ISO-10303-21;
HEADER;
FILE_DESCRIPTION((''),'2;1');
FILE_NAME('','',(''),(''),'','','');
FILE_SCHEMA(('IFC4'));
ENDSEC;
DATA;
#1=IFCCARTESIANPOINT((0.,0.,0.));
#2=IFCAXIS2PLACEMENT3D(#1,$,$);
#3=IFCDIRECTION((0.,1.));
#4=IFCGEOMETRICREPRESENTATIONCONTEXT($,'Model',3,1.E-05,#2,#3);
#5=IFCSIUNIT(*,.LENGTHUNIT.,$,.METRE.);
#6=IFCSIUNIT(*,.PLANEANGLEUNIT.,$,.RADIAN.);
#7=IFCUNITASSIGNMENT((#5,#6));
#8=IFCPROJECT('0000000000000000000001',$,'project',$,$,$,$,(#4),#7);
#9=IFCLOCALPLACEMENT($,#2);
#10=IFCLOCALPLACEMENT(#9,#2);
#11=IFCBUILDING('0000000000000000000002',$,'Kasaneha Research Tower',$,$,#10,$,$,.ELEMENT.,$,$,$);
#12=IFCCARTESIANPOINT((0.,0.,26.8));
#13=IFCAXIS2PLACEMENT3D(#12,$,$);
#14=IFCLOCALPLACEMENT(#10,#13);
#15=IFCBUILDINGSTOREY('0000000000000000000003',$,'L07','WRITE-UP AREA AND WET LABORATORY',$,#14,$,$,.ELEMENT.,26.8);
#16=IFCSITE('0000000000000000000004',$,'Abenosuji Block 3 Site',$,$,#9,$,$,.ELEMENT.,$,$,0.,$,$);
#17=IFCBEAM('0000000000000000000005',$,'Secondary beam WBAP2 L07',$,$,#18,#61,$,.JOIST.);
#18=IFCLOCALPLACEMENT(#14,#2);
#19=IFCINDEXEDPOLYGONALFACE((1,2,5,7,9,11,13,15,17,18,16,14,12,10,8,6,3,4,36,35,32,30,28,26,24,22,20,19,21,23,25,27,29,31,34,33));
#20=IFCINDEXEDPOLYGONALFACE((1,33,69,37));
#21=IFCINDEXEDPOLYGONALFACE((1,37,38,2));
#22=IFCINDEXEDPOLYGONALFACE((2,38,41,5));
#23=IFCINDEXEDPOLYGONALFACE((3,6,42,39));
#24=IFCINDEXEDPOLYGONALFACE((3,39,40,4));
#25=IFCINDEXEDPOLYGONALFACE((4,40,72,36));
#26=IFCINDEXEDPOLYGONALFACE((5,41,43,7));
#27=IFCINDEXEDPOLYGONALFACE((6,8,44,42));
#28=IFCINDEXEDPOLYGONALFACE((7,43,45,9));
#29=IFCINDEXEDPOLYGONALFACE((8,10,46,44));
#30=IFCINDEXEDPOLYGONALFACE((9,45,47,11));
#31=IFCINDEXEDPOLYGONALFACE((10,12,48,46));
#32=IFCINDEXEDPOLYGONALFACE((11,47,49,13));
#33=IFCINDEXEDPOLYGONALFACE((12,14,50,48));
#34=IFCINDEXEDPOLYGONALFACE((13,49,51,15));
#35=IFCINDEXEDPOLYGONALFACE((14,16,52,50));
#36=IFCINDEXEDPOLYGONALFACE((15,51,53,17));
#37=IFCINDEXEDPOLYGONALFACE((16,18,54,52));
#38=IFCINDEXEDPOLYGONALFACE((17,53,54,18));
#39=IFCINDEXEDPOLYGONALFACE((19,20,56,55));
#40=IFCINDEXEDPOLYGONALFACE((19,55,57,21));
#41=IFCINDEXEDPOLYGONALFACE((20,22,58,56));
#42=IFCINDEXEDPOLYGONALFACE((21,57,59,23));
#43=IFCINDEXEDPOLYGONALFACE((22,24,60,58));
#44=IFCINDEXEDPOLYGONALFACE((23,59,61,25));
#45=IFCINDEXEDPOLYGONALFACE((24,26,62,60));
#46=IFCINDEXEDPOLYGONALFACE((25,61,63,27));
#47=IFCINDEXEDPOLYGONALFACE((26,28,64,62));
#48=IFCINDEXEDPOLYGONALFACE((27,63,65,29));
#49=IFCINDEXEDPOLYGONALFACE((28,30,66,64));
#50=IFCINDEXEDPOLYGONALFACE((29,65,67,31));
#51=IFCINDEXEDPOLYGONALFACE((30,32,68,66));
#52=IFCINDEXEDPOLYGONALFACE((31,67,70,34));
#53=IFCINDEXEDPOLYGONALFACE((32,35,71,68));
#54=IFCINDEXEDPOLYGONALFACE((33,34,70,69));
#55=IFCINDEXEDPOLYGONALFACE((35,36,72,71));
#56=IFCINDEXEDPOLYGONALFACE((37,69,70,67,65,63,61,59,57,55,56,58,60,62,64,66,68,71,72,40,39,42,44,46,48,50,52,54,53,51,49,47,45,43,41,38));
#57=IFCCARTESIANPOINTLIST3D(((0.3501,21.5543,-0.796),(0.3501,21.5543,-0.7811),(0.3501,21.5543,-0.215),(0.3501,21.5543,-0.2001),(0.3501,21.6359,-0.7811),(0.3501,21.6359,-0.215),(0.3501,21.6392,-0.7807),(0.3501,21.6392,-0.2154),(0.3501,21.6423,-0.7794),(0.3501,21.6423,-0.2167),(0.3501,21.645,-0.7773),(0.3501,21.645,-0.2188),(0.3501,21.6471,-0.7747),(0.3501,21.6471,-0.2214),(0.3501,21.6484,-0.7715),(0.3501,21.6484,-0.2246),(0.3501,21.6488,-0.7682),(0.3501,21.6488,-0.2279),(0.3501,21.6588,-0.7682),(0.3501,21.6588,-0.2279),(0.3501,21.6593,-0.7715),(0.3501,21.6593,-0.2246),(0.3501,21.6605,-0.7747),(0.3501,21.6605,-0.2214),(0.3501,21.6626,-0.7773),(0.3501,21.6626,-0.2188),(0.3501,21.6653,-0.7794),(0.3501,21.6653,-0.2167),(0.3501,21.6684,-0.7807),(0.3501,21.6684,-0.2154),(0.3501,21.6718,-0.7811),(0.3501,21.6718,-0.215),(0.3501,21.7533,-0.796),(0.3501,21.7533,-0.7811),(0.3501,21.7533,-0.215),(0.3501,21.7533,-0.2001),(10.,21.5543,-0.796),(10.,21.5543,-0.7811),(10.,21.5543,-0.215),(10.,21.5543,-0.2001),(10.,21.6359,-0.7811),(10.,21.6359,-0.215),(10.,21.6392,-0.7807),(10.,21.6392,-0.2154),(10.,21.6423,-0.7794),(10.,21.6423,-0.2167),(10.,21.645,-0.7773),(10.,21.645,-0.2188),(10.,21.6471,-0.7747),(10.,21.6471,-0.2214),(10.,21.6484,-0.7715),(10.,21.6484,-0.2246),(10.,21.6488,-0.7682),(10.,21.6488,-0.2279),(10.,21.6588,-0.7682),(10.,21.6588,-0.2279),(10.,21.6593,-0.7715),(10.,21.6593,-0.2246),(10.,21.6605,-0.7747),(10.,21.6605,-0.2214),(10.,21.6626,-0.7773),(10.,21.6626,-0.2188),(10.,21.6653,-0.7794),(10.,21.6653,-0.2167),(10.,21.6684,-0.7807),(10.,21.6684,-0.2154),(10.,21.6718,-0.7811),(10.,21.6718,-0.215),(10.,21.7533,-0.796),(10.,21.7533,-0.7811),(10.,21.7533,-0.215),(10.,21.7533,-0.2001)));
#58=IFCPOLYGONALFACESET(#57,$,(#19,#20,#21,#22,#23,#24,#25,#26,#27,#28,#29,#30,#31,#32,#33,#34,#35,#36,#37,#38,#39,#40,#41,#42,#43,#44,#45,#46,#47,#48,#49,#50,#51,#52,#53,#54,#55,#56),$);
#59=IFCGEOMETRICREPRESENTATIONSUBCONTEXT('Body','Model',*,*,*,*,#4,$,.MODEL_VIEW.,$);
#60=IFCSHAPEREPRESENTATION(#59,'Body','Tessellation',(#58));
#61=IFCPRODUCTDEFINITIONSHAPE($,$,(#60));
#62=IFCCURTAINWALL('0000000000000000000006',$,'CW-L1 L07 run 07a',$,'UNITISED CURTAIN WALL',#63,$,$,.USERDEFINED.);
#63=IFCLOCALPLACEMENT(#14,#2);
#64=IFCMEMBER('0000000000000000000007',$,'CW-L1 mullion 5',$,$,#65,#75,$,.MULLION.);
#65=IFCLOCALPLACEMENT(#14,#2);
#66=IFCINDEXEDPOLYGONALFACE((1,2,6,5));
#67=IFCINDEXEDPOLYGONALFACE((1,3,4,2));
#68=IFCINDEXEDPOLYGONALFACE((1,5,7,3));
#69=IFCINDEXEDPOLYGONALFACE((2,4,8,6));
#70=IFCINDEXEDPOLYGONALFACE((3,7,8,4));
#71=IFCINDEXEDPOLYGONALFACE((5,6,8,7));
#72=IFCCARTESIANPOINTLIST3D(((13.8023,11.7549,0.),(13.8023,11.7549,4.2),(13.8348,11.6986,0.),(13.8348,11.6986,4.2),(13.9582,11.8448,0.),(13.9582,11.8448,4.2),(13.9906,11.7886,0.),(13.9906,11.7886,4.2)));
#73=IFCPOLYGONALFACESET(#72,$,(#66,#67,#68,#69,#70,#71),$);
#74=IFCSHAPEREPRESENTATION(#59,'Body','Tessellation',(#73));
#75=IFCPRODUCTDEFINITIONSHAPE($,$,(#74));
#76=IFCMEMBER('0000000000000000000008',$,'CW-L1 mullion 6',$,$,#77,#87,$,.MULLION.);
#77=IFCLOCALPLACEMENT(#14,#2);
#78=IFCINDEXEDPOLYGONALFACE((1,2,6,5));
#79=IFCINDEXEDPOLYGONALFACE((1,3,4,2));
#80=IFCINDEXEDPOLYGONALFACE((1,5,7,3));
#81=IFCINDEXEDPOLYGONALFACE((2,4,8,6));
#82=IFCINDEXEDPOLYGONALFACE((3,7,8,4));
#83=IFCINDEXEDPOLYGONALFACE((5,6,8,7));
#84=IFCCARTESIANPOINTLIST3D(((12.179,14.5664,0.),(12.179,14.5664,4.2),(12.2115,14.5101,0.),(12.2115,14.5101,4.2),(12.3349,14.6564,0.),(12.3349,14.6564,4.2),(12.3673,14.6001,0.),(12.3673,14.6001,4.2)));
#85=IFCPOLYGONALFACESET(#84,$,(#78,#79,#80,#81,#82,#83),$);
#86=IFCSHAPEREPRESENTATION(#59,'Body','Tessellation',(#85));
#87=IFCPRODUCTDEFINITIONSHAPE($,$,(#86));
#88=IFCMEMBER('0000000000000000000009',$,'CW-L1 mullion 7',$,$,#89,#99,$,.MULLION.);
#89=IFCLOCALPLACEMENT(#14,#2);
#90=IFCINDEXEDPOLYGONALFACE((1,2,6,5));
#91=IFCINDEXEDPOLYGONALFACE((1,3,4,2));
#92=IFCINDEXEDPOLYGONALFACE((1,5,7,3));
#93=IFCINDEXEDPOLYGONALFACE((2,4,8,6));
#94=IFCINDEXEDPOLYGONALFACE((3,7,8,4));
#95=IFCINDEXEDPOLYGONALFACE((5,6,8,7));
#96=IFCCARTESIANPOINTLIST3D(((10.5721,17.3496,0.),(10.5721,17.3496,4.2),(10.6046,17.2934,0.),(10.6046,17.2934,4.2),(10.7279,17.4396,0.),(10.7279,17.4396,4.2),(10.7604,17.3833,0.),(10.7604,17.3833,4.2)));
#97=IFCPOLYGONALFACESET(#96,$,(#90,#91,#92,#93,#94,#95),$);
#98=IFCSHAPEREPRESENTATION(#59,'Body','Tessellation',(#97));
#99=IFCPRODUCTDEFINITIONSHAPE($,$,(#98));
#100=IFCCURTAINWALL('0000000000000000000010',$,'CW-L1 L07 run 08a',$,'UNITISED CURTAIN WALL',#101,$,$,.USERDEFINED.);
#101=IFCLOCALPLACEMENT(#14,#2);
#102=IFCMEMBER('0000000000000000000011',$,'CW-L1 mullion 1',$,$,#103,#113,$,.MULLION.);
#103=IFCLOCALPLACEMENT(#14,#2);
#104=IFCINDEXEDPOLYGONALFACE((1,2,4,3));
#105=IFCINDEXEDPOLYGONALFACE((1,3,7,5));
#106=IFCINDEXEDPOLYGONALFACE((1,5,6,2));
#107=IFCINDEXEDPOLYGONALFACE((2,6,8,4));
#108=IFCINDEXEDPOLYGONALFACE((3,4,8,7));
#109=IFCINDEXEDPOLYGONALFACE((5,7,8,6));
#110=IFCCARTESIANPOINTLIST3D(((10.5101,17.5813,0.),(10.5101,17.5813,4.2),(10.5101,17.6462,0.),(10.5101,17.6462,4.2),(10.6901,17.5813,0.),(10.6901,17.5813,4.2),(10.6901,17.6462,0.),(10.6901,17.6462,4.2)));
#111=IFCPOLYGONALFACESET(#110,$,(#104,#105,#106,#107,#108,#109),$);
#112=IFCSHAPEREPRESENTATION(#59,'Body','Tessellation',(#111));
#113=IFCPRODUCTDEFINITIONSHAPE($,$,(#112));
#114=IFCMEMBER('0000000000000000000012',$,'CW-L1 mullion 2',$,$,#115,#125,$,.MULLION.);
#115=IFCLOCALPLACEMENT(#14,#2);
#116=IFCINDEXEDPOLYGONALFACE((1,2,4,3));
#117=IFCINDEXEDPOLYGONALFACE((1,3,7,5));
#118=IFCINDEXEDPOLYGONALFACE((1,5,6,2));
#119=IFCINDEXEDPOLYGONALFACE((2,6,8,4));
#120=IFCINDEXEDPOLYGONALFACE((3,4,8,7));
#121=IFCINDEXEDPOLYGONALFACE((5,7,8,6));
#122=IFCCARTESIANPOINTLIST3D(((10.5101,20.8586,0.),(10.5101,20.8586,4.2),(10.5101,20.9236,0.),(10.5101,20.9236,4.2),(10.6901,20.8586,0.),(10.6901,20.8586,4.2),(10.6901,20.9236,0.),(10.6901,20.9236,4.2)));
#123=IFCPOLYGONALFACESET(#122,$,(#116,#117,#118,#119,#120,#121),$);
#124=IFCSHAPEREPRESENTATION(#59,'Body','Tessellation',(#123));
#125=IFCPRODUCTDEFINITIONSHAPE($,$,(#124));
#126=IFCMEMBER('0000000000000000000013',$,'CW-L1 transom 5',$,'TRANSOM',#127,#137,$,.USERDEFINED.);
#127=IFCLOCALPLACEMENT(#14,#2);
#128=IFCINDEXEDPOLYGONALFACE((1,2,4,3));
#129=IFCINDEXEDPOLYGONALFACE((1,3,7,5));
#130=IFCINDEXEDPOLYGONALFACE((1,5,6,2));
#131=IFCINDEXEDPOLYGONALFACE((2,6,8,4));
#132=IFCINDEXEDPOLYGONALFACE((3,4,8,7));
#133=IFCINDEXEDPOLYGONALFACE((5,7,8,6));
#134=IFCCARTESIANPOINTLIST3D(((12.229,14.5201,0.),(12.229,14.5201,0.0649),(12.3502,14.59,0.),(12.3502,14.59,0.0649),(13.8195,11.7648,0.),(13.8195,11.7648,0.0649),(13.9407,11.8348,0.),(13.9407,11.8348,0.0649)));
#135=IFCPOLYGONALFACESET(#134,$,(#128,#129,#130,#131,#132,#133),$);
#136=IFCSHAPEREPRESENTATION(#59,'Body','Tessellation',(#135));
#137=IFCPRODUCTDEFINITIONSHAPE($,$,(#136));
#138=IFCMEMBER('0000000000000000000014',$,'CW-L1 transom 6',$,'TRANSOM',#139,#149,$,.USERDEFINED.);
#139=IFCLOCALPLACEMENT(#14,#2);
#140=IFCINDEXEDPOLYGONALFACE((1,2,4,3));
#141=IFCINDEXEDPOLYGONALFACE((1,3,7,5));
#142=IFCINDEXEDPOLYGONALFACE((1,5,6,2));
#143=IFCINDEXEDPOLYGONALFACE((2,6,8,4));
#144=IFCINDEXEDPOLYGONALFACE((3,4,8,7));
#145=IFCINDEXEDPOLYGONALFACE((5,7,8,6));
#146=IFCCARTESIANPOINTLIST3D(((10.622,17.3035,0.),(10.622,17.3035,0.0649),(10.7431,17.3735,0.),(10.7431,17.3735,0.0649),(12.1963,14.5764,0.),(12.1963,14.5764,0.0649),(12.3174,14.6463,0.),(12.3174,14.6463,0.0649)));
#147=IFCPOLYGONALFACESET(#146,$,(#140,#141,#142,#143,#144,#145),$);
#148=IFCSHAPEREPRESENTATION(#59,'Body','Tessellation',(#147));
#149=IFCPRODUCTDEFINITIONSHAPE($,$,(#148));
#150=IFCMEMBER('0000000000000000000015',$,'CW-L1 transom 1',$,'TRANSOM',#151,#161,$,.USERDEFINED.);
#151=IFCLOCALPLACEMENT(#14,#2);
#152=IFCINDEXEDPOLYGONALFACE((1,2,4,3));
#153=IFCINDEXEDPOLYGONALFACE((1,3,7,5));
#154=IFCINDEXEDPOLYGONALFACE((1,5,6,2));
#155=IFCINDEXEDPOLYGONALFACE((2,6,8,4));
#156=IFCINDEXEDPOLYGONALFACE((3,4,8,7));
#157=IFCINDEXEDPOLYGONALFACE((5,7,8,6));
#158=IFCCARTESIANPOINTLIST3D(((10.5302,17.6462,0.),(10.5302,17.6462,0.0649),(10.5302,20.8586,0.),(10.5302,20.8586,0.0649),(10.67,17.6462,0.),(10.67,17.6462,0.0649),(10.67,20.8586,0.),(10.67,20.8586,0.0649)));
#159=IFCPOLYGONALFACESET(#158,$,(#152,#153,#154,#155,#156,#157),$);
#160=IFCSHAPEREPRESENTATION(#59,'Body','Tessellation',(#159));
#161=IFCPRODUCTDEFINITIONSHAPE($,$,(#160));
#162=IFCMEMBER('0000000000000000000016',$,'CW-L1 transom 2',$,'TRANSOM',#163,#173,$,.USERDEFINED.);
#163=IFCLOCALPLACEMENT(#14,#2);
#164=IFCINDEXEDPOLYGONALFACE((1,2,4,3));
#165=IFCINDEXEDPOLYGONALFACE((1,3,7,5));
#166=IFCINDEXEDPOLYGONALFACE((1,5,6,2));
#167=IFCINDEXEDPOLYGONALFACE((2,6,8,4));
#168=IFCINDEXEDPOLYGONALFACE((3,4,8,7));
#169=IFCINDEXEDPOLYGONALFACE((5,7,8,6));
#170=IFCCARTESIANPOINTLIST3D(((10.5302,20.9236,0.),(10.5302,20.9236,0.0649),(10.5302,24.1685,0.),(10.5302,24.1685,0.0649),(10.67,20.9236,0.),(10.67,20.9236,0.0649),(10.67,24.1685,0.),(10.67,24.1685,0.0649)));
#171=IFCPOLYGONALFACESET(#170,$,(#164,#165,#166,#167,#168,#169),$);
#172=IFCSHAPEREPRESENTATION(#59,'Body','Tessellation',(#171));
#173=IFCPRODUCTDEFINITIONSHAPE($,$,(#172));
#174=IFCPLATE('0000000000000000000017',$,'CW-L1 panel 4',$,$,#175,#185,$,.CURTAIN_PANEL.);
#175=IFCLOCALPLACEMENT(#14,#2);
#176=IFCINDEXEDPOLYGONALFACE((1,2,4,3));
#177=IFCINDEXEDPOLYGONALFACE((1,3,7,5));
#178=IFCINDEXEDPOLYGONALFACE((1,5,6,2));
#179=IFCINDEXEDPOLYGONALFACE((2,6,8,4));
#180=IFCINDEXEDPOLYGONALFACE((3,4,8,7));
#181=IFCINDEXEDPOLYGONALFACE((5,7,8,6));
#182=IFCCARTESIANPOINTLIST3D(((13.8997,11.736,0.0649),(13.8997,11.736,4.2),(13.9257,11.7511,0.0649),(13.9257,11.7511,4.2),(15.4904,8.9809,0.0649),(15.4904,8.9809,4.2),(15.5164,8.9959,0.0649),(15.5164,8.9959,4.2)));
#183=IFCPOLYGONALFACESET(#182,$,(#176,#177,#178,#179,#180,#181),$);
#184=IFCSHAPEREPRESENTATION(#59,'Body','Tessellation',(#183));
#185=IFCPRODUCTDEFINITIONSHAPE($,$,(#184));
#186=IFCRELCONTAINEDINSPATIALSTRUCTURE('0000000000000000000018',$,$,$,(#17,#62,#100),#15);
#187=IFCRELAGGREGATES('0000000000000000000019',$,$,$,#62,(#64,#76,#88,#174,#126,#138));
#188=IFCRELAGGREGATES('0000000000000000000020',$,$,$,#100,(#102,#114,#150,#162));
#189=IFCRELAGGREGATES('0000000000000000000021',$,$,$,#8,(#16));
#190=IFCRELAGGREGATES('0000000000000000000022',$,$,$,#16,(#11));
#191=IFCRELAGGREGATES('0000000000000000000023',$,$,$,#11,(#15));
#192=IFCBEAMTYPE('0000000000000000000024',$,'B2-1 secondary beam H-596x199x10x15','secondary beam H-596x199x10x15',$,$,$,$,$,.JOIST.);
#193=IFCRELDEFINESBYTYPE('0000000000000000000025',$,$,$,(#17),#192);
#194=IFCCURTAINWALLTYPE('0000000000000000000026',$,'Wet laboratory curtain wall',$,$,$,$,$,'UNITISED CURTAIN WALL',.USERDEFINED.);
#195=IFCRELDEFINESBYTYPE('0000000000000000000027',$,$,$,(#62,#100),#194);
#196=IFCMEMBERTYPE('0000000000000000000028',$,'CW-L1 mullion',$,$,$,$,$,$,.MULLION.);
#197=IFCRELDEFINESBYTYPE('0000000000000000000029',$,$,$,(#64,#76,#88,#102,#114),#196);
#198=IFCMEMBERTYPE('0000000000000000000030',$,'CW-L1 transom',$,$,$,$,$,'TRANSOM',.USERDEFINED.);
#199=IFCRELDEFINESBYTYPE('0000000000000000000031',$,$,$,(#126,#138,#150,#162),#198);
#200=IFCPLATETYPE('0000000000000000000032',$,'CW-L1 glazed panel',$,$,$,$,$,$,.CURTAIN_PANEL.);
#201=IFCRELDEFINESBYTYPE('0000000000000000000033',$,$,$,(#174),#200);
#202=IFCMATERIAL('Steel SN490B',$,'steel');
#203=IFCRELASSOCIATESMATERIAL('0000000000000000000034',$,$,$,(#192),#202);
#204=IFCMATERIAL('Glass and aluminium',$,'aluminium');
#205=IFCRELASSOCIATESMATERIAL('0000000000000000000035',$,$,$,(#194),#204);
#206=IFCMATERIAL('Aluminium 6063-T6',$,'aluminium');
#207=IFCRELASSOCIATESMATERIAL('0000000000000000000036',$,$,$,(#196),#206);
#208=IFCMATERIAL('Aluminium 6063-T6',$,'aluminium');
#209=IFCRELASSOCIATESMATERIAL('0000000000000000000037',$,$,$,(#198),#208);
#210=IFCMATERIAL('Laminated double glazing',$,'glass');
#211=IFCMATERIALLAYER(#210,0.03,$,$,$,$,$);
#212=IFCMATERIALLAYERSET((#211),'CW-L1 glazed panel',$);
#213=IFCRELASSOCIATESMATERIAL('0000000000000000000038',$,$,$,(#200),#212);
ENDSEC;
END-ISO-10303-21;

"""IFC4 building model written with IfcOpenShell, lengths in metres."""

from ifc_helpers import new_model, si_unit, direction, frame, origin, origin_2d, place, context, subcontext, project, spatial, rectangle, i_section, extrude, material, layer, layer_set, material_profile, profile_set, type_object, element, aggregate, save


model = new_model("IFC4")

# Units and contexts
model_context = context("Model", 3, precision=1e-05, world=origin(), true_north=direction((0.0, 1.0)))
body_context = subcontext(model_context, "Body", "Model", "MODEL_VIEW")
ifc_project = project(units=[si_unit("LENGTHUNIT", "METRE"), si_unit("PLANEANGLEUNIT", "RADIAN")], contexts=[model_context])

# Site, building, storey
site_placement = place(None, origin())
site = spatial("IfcSite", under=ifc_project, at=site_placement, Name="Abenosuji Block 3 Site", CompositionType="ELEMENT", RefElevation=0.0)
building_placement = place(site_placement, origin())
building = spatial("IfcBuilding", under=site, at=building_placement, Name="Kasaneha Research Tower", CompositionType="ELEMENT")
storey_placement = place(building_placement, frame((0.0, 0.0, 26.8)))
storey = spatial("IfcBuildingStorey", under=building, at=storey_placement, Name="L07", Description="WRITE-UP AREA AND WET LABORATORY", CompositionType="ELEMENT", Elevation=26.8)

# Beam
ifc_material_1 = material(Name="Steel SN490B", Category="steel")
ifc_material_profile_1 = material_profile(ifc_material_1, i_section(OverallWidth=0.199, OverallDepth=0.5959, WebThickness=0.01, FlangeThickness=0.0149, FilletRadius=0.0129, at=origin_2d()), Name="H-596x199x10x15")
ifc_profile_set_1 = profile_set([ifc_material_profile_1], Name="Steel SN490B")
beam_type = type_object("IfcBeamType", Name="B2-1 secondary beam H-596x199x10x15", Description="secondary beam H-596x199x10x15", PredefinedType="JOIST", material=ifc_profile_set_1)
beam_placement = place(storey_placement, frame((10.0, 21.6538, -0.498), z_axis=(-1.0, 0.0, 0.0), x_axis=(0.0, -1.0, 0.0)))
element("IfcBeam", 1, at=beam_placement, inside=storey, type_object=beam_type, Name="Secondary beam WBAP2 L07", PredefinedType="JOIST", context=body_context, shape_type="SweptSolid", body=[
    extrude(i_section(OverallWidth=0.199, OverallDepth=0.5959, WebThickness=0.01, FlangeThickness=0.0149, FilletRadius=0.0129, at=origin_2d()), origin(), (0.0, 0.0, 1.0), 9.6499),
])

# Curtain walls, members
ifc_material_2 = material(Name="Glass and aluminium", Category="aluminium")
curtain_wall_type = type_object("IfcCurtainWallType", Name="Wet laboratory curtain wall", ElementType="UNITISED CURTAIN WALL", PredefinedType="USERDEFINED", material=ifc_material_2)
curtain_wall_1_placement = place(storey_placement, origin())
curtain_wall_1 = element("IfcCurtainWall", 2, at=curtain_wall_1_placement, inside=storey, type_object=curtain_wall_type, Name="CW-L1 L07 run 07a", ObjectType="UNITISED CURTAIN WALL", PredefinedType="USERDEFINED")
ifc_material_3 = material(Name="Aluminium 6063-T6", Category="aluminium")
ifc_material_profile_2 = material_profile(ifc_material_3, rectangle(XDim=0.0649, YDim=0.1799, at=origin_2d()), Name="CW-L1 mullion 65x180")
ifc_profile_set_2 = profile_set([ifc_material_profile_2], Name="Aluminium 6063-T6")
member_type_1 = type_object("IfcMemberType", Name="CW-L1 mullion", PredefinedType="MULLION", material=ifc_profile_set_2)
member_1_placement = place(storey_placement, frame((13.8965, 11.7717, 0.0), z_axis=(0.0, 0.0, 1.0), x_axis=(-0.5, 0.866025, 0.0)))
member_1 = element("IfcMember", 3, at=member_1_placement, type_object=member_type_1, Name="CW-L1 mullion 5", PredefinedType="MULLION", context=body_context, shape_type="SweptSolid", body=[
    extrude(rectangle(XDim=0.0649, YDim=0.1799, at=origin_2d()), origin(), (0.0, 0.0, 1.0), 4.2),
])
member_2_placement = place(storey_placement, frame((12.2732, 14.5833, 0.0), z_axis=(0.0, 0.0, 1.0), x_axis=(-0.5, 0.866025, 0.0)))
member_2 = element("IfcMember", 4, at=member_2_placement, type_object=member_type_1, Name="CW-L1 mullion 6", PredefinedType="MULLION", context=body_context, shape_type="SweptSolid", body=[
    extrude(rectangle(XDim=0.0649, YDim=0.1799, at=origin_2d()), origin(), (0.0, 0.0, 1.0), 4.2),
])
member_3_placement = place(storey_placement, frame((10.6663, 17.3665, 0.0), z_axis=(0.0, 0.0, 1.0), x_axis=(-0.5, 0.866025, 0.0)))
member_3 = element("IfcMember", 5, at=member_3_placement, type_object=member_type_1, Name="CW-L1 mullion 7", PredefinedType="MULLION", context=body_context, shape_type="SweptSolid", body=[
    extrude(rectangle(XDim=0.0649, YDim=0.1799, at=origin_2d()), origin(), (0.0, 0.0, 1.0), 4.2),
])
curtain_wall_2_placement = place(storey_placement, origin())
curtain_wall_2 = element("IfcCurtainWall", 6, at=curtain_wall_2_placement, inside=storey, type_object=curtain_wall_type, Name="CW-L1 L07 run 08a", ObjectType="UNITISED CURTAIN WALL", PredefinedType="USERDEFINED")
member_4_placement = place(storey_placement, frame((10.6001, 17.6138, 0.0), z_axis=(0.0, 0.0, 1.0), x_axis=(0.0, 1.0, 0.0)))
member_4 = element("IfcMember", 7, at=member_4_placement, type_object=member_type_1, Name="CW-L1 mullion 1", PredefinedType="MULLION", context=body_context, shape_type="SweptSolid", body=[
    extrude(rectangle(XDim=0.0649, YDim=0.1799, at=origin_2d()), origin(), (0.0, 0.0, 1.0), 4.2),
])
member_5_placement = place(storey_placement, frame((10.6001, 20.8911, 0.0), z_axis=(0.0, 0.0, 1.0), x_axis=(0.0, 1.0, 0.0)))
member_5 = element("IfcMember", 8, at=member_5_placement, type_object=member_type_1, Name="CW-L1 mullion 2", PredefinedType="MULLION", context=body_context, shape_type="SweptSolid", body=[
    extrude(rectangle(XDim=0.0649, YDim=0.1799, at=origin_2d()), origin(), (0.0, 0.0, 1.0), 4.2),
])

# Members
ifc_material_4 = material(Name="Aluminium 6063-T6", Category="aluminium")
ifc_material_profile_3 = material_profile(ifc_material_4, rectangle(XDim=0.1399, YDim=0.0649, at=origin_2d()), Name="CW-L1 transom 140x65")
ifc_profile_set_3 = profile_set([ifc_material_profile_3], Name="Aluminium 6063-T6")
member_type_2 = type_object("IfcMemberType", Name="CW-L1 transom", ElementType="TRANSOM", PredefinedType="USERDEFINED", material=ifc_profile_set_3)
member_6_placement = place(storey_placement, frame((13.8801, 11.7998, 0.0325), z_axis=(-0.499944, 0.866058, 0.0), x_axis=(-0.866058, -0.499944, 0.0)))
member_6 = element("IfcMember", 9, at=member_6_placement, type_object=member_type_2, Name="CW-L1 transom 5", ObjectType="TRANSOM", PredefinedType="USERDEFINED", context=body_context, shape_type="SweptSolid", body=[
    extrude(rectangle(XDim=0.1399, YDim=0.0649, at=origin_2d()), origin(), (0.0, 0.0, 1.0), 3.1814),
])
member_7_placement = place(storey_placement, frame((12.2568, 14.6113, 0.0325), z_axis=(-0.499942, 0.866059, 0.0), x_axis=(-0.866059, -0.499942, 0.0)))
member_7 = element("IfcMember", 10, at=member_7_placement, type_object=member_type_2, Name="CW-L1 transom 6", ObjectType="TRANSOM", PredefinedType="USERDEFINED", context=body_context, shape_type="SweptSolid", body=[
    extrude(rectangle(XDim=0.1399, YDim=0.0649, at=origin_2d()), origin(), (0.0, 0.0, 1.0), 3.1489),
])
member_8_placement = place(storey_placement, frame((10.6001, 17.6462, 0.0325), z_axis=(0.0, 1.0, 0.0), x_axis=(-1.0, 0.0, 0.0)))
member_8 = element("IfcMember", 11, at=member_8_placement, type_object=member_type_2, Name="CW-L1 transom 1", ObjectType="TRANSOM", PredefinedType="USERDEFINED", context=body_context, shape_type="SweptSolid", body=[
    extrude(rectangle(XDim=0.1399, YDim=0.0649, at=origin_2d()), origin(), (0.0, 0.0, 1.0), 3.2124),
])
member_9_placement = place(storey_placement, frame((10.6001, 20.9236, 0.0325), z_axis=(0.0, 1.0, 0.0), x_axis=(-1.0, 0.0, 0.0)))
member_9 = element("IfcMember", 12, at=member_9_placement, type_object=member_type_2, Name="CW-L1 transom 2", ObjectType="TRANSOM", PredefinedType="USERDEFINED", context=body_context, shape_type="SweptSolid", body=[
    extrude(rectangle(XDim=0.1399, YDim=0.0649, at=origin_2d()), origin(), (0.0, 0.0, 1.0), 3.2449),
])

# Plate
ifc_material_5 = material(Name="Laminated double glazing", Category="glass")
ifc_layer = layer(ifc_material_5, 0.03)
ifc_layer_set = layer_set([ifc_layer], Name="CW-L1 glazed panel")
plate_type = type_object("IfcPlateType", Name="CW-L1 glazed panel", PredefinedType="CURTAIN_PANEL", material=ifc_layer_set)
plate_1_placement = place(storey_placement, frame((14.708, 10.366, 0.0649), z_axis=(0.0, 0.0, 1.0), x_axis=(-0.5, 0.866025, 0.0)))
plate_1 = element("IfcPlate", 13, at=plate_1_placement, type_object=plate_type, Name="CW-L1 panel 4", PredefinedType="CURTAIN_PANEL", context=body_context, shape_type="SweptSolid", body=[
    extrude(rectangle(XDim=3.1814, YDim=0.03, at=origin_2d()), origin(), (0.0, 0.0, 1.0), 4.135),
])
aggregate(curtain_wall_1, [member_1, member_2, member_3, plate_1, member_6, member_7])
aggregate(curtain_wall_2, [member_4, member_5, member_8, member_9])

save(model, "model.ifc")
